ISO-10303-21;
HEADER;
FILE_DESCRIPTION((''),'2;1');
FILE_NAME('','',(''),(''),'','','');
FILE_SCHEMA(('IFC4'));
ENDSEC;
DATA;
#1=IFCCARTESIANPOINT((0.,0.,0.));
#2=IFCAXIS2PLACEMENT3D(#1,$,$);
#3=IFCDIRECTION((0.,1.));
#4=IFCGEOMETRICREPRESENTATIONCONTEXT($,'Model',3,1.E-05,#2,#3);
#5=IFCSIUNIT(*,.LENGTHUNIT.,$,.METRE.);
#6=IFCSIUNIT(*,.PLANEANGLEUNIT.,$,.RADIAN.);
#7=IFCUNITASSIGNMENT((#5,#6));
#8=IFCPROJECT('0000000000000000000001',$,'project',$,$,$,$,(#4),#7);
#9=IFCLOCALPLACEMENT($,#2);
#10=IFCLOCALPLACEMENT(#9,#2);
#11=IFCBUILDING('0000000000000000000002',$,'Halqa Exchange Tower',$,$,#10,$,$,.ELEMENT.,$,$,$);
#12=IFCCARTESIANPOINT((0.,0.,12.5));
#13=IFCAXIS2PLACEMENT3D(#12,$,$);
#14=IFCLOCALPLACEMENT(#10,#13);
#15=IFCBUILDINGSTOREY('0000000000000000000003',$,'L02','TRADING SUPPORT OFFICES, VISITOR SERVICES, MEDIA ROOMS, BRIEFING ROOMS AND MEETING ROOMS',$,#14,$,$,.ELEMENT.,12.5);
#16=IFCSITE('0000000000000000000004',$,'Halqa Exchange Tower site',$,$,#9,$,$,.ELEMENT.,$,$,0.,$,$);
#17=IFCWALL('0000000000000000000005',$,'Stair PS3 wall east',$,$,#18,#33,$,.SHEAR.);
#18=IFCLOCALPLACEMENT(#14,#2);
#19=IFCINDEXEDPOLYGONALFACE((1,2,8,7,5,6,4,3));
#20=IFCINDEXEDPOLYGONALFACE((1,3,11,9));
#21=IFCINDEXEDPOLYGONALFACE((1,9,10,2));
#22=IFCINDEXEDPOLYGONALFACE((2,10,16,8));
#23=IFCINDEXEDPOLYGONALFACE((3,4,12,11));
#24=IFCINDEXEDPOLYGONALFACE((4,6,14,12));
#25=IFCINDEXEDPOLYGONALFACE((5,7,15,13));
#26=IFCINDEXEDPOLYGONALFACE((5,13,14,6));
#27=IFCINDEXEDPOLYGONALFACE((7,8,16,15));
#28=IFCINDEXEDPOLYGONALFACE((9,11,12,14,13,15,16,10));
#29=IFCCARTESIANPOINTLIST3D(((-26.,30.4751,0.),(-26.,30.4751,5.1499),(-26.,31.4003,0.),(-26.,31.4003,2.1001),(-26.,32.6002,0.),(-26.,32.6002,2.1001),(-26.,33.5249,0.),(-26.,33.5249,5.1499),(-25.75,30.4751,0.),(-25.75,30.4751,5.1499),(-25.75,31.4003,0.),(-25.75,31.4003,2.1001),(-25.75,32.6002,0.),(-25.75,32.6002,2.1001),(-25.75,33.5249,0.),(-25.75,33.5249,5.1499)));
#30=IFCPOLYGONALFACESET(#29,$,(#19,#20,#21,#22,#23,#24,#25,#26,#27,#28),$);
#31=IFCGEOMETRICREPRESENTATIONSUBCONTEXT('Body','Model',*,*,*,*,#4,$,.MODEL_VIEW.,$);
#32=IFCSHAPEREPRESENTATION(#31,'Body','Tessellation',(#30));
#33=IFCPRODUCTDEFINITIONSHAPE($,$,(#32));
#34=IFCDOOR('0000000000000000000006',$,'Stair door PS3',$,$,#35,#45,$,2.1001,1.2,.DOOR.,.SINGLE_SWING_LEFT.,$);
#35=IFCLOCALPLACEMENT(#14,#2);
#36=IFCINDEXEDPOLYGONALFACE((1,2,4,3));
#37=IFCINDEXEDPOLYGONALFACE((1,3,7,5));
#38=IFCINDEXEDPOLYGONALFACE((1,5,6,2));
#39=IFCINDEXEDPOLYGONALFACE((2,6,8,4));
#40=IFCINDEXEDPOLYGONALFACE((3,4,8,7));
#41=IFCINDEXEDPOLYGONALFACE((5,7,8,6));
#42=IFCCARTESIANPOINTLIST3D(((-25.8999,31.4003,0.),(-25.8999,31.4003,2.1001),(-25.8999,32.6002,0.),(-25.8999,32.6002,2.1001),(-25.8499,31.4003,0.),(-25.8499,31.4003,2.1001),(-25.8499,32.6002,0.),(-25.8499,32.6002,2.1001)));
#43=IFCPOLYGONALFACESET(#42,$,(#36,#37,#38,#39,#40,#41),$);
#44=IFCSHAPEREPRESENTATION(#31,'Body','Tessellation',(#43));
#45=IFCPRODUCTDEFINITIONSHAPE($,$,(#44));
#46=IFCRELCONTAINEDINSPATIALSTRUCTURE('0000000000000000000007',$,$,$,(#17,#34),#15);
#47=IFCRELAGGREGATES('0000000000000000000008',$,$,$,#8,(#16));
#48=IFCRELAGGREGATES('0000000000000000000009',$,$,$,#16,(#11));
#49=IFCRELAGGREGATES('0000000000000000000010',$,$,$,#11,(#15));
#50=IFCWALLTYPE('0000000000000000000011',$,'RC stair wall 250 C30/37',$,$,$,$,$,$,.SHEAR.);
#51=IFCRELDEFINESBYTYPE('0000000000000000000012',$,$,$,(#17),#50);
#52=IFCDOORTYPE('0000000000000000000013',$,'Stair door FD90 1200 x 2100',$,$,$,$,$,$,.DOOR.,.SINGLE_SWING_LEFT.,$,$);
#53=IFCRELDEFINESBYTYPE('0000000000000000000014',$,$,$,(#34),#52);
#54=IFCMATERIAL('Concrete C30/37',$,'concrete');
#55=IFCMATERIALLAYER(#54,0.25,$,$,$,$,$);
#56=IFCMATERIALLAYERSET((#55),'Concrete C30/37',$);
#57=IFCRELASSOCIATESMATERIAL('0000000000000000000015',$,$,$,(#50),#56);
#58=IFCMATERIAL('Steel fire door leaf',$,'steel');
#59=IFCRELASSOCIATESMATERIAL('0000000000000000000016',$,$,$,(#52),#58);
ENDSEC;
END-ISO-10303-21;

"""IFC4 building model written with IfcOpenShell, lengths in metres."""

from ifc_helpers import new_model, si_unit, direction, frame, frame_2d, origin, place, context, subcontext, project, spatial, rectangle, extrude, material, layer, layer_set, type_object, element, fill, save


model = new_model("IFC4")

# Units and contexts
model_context = context("Model", 3, precision=1e-05, world=origin(), true_north=direction((0.0, 1.0)))
body_context = subcontext(model_context, "Body", "Model", "MODEL_VIEW")
ifc_project = project(units=[si_unit("LENGTHUNIT", "METRE"), si_unit("PLANEANGLEUNIT", "RADIAN")], contexts=[model_context])

# Site, building, storey
site_placement = place(None, origin())
site = spatial("IfcSite", under=ifc_project, at=site_placement, Name="Halqa Exchange Tower site", CompositionType="ELEMENT", RefElevation=0.0)
building_placement = place(site_placement, origin())
building = spatial("IfcBuilding", under=site, at=building_placement, Name="Halqa Exchange Tower", CompositionType="ELEMENT")
storey_placement = place(building_placement, frame((0.0, 0.0, 12.5)))
storey = spatial("IfcBuildingStorey", under=building, at=storey_placement, Name="L02", Description="TRADING SUPPORT OFFICES, VISITOR SERVICES, MEDIA ROOMS, BRIEFING ROOMS AND MEETING ROOMS", CompositionType="ELEMENT", Elevation=12.5)

# Wall, opening, door
ifc_material_1 = material(Name="Concrete C30/37", Category="concrete")
ifc_layer_1 = layer(ifc_material_1, 0.25)
ifc_layer_set_1 = layer_set([ifc_layer_1], Name="Concrete C30/37")
wall_type_1 = type_object("IfcWallType", Name="RC stair wall 250 C30/37", PredefinedType="SHEAR", material=ifc_layer_set_1)
wall_1_placement = place(storey_placement, frame((-25.875, 30.4751, 0.0), z_axis=(0.0, 0.0, 1.0), x_axis=(0.0, 1.0, 0.0)))
wall_1 = element("IfcWall", 1, at=wall_1_placement, inside=storey, type_object=wall_type_1, Name="Stair PS3 wall east", PredefinedType="SHEAR", context=body_context, shape_type="SweptSolid", body=[
    extrude(rectangle(XDim=3.0498, YDim=0.25, at=frame_2d((1.5249, 0.0))), origin(), (0.0, 0.0, 1.0), 5.1499),
])
opening_placement = place(wall_1_placement, frame((0.925, 0.0, 0.0)))
opening = element("IfcOpeningElement", 2, at=opening_placement, cuts=wall_1, PredefinedType="OPENING", context=body_context, shape_type="SweptSolid", body=[
    extrude(rectangle(XDim=1.2, YDim=2.1001, at=frame_2d((0.6001, 1.05))), frame((0.0, 0.137, 0.0), z_axis=(0.0, -1.0, 0.0), x_axis=(1.0, 0.0, 0.0)), (0.0, 0.0, 1.0), 0.2739),
])
ifc_material_2 = material(Name="Steel fire door leaf", Category="steel")
door_type = type_object("IfcDoorType", Name="Stair door FD90 1200 x 2100", OperationType="SINGLE_SWING_LEFT", PredefinedType="DOOR", material=ifc_material_2)
door_placement = place(opening_placement, origin())
door = element("IfcDoor", 3, at=door_placement, inside=storey, type_object=door_type, Name="Stair door PS3", OperationType="SINGLE_SWING_LEFT", OverallHeight=2.1001, OverallWidth=1.2, PredefinedType="DOOR", context=body_context, shape_type="SweptSolid", body=[
    extrude(rectangle(XDim=1.2, YDim=2.1001, at=frame_2d((0.6001, 1.05))), frame((0.0, 0.0249, 0.0), z_axis=(0.0, -1.0, 0.0), x_axis=(1.0, 0.0, 0.0)), (0.0, 0.0, 1.0), 0.05),
])
fill(opening, door)

save(model, "model.ifc")
